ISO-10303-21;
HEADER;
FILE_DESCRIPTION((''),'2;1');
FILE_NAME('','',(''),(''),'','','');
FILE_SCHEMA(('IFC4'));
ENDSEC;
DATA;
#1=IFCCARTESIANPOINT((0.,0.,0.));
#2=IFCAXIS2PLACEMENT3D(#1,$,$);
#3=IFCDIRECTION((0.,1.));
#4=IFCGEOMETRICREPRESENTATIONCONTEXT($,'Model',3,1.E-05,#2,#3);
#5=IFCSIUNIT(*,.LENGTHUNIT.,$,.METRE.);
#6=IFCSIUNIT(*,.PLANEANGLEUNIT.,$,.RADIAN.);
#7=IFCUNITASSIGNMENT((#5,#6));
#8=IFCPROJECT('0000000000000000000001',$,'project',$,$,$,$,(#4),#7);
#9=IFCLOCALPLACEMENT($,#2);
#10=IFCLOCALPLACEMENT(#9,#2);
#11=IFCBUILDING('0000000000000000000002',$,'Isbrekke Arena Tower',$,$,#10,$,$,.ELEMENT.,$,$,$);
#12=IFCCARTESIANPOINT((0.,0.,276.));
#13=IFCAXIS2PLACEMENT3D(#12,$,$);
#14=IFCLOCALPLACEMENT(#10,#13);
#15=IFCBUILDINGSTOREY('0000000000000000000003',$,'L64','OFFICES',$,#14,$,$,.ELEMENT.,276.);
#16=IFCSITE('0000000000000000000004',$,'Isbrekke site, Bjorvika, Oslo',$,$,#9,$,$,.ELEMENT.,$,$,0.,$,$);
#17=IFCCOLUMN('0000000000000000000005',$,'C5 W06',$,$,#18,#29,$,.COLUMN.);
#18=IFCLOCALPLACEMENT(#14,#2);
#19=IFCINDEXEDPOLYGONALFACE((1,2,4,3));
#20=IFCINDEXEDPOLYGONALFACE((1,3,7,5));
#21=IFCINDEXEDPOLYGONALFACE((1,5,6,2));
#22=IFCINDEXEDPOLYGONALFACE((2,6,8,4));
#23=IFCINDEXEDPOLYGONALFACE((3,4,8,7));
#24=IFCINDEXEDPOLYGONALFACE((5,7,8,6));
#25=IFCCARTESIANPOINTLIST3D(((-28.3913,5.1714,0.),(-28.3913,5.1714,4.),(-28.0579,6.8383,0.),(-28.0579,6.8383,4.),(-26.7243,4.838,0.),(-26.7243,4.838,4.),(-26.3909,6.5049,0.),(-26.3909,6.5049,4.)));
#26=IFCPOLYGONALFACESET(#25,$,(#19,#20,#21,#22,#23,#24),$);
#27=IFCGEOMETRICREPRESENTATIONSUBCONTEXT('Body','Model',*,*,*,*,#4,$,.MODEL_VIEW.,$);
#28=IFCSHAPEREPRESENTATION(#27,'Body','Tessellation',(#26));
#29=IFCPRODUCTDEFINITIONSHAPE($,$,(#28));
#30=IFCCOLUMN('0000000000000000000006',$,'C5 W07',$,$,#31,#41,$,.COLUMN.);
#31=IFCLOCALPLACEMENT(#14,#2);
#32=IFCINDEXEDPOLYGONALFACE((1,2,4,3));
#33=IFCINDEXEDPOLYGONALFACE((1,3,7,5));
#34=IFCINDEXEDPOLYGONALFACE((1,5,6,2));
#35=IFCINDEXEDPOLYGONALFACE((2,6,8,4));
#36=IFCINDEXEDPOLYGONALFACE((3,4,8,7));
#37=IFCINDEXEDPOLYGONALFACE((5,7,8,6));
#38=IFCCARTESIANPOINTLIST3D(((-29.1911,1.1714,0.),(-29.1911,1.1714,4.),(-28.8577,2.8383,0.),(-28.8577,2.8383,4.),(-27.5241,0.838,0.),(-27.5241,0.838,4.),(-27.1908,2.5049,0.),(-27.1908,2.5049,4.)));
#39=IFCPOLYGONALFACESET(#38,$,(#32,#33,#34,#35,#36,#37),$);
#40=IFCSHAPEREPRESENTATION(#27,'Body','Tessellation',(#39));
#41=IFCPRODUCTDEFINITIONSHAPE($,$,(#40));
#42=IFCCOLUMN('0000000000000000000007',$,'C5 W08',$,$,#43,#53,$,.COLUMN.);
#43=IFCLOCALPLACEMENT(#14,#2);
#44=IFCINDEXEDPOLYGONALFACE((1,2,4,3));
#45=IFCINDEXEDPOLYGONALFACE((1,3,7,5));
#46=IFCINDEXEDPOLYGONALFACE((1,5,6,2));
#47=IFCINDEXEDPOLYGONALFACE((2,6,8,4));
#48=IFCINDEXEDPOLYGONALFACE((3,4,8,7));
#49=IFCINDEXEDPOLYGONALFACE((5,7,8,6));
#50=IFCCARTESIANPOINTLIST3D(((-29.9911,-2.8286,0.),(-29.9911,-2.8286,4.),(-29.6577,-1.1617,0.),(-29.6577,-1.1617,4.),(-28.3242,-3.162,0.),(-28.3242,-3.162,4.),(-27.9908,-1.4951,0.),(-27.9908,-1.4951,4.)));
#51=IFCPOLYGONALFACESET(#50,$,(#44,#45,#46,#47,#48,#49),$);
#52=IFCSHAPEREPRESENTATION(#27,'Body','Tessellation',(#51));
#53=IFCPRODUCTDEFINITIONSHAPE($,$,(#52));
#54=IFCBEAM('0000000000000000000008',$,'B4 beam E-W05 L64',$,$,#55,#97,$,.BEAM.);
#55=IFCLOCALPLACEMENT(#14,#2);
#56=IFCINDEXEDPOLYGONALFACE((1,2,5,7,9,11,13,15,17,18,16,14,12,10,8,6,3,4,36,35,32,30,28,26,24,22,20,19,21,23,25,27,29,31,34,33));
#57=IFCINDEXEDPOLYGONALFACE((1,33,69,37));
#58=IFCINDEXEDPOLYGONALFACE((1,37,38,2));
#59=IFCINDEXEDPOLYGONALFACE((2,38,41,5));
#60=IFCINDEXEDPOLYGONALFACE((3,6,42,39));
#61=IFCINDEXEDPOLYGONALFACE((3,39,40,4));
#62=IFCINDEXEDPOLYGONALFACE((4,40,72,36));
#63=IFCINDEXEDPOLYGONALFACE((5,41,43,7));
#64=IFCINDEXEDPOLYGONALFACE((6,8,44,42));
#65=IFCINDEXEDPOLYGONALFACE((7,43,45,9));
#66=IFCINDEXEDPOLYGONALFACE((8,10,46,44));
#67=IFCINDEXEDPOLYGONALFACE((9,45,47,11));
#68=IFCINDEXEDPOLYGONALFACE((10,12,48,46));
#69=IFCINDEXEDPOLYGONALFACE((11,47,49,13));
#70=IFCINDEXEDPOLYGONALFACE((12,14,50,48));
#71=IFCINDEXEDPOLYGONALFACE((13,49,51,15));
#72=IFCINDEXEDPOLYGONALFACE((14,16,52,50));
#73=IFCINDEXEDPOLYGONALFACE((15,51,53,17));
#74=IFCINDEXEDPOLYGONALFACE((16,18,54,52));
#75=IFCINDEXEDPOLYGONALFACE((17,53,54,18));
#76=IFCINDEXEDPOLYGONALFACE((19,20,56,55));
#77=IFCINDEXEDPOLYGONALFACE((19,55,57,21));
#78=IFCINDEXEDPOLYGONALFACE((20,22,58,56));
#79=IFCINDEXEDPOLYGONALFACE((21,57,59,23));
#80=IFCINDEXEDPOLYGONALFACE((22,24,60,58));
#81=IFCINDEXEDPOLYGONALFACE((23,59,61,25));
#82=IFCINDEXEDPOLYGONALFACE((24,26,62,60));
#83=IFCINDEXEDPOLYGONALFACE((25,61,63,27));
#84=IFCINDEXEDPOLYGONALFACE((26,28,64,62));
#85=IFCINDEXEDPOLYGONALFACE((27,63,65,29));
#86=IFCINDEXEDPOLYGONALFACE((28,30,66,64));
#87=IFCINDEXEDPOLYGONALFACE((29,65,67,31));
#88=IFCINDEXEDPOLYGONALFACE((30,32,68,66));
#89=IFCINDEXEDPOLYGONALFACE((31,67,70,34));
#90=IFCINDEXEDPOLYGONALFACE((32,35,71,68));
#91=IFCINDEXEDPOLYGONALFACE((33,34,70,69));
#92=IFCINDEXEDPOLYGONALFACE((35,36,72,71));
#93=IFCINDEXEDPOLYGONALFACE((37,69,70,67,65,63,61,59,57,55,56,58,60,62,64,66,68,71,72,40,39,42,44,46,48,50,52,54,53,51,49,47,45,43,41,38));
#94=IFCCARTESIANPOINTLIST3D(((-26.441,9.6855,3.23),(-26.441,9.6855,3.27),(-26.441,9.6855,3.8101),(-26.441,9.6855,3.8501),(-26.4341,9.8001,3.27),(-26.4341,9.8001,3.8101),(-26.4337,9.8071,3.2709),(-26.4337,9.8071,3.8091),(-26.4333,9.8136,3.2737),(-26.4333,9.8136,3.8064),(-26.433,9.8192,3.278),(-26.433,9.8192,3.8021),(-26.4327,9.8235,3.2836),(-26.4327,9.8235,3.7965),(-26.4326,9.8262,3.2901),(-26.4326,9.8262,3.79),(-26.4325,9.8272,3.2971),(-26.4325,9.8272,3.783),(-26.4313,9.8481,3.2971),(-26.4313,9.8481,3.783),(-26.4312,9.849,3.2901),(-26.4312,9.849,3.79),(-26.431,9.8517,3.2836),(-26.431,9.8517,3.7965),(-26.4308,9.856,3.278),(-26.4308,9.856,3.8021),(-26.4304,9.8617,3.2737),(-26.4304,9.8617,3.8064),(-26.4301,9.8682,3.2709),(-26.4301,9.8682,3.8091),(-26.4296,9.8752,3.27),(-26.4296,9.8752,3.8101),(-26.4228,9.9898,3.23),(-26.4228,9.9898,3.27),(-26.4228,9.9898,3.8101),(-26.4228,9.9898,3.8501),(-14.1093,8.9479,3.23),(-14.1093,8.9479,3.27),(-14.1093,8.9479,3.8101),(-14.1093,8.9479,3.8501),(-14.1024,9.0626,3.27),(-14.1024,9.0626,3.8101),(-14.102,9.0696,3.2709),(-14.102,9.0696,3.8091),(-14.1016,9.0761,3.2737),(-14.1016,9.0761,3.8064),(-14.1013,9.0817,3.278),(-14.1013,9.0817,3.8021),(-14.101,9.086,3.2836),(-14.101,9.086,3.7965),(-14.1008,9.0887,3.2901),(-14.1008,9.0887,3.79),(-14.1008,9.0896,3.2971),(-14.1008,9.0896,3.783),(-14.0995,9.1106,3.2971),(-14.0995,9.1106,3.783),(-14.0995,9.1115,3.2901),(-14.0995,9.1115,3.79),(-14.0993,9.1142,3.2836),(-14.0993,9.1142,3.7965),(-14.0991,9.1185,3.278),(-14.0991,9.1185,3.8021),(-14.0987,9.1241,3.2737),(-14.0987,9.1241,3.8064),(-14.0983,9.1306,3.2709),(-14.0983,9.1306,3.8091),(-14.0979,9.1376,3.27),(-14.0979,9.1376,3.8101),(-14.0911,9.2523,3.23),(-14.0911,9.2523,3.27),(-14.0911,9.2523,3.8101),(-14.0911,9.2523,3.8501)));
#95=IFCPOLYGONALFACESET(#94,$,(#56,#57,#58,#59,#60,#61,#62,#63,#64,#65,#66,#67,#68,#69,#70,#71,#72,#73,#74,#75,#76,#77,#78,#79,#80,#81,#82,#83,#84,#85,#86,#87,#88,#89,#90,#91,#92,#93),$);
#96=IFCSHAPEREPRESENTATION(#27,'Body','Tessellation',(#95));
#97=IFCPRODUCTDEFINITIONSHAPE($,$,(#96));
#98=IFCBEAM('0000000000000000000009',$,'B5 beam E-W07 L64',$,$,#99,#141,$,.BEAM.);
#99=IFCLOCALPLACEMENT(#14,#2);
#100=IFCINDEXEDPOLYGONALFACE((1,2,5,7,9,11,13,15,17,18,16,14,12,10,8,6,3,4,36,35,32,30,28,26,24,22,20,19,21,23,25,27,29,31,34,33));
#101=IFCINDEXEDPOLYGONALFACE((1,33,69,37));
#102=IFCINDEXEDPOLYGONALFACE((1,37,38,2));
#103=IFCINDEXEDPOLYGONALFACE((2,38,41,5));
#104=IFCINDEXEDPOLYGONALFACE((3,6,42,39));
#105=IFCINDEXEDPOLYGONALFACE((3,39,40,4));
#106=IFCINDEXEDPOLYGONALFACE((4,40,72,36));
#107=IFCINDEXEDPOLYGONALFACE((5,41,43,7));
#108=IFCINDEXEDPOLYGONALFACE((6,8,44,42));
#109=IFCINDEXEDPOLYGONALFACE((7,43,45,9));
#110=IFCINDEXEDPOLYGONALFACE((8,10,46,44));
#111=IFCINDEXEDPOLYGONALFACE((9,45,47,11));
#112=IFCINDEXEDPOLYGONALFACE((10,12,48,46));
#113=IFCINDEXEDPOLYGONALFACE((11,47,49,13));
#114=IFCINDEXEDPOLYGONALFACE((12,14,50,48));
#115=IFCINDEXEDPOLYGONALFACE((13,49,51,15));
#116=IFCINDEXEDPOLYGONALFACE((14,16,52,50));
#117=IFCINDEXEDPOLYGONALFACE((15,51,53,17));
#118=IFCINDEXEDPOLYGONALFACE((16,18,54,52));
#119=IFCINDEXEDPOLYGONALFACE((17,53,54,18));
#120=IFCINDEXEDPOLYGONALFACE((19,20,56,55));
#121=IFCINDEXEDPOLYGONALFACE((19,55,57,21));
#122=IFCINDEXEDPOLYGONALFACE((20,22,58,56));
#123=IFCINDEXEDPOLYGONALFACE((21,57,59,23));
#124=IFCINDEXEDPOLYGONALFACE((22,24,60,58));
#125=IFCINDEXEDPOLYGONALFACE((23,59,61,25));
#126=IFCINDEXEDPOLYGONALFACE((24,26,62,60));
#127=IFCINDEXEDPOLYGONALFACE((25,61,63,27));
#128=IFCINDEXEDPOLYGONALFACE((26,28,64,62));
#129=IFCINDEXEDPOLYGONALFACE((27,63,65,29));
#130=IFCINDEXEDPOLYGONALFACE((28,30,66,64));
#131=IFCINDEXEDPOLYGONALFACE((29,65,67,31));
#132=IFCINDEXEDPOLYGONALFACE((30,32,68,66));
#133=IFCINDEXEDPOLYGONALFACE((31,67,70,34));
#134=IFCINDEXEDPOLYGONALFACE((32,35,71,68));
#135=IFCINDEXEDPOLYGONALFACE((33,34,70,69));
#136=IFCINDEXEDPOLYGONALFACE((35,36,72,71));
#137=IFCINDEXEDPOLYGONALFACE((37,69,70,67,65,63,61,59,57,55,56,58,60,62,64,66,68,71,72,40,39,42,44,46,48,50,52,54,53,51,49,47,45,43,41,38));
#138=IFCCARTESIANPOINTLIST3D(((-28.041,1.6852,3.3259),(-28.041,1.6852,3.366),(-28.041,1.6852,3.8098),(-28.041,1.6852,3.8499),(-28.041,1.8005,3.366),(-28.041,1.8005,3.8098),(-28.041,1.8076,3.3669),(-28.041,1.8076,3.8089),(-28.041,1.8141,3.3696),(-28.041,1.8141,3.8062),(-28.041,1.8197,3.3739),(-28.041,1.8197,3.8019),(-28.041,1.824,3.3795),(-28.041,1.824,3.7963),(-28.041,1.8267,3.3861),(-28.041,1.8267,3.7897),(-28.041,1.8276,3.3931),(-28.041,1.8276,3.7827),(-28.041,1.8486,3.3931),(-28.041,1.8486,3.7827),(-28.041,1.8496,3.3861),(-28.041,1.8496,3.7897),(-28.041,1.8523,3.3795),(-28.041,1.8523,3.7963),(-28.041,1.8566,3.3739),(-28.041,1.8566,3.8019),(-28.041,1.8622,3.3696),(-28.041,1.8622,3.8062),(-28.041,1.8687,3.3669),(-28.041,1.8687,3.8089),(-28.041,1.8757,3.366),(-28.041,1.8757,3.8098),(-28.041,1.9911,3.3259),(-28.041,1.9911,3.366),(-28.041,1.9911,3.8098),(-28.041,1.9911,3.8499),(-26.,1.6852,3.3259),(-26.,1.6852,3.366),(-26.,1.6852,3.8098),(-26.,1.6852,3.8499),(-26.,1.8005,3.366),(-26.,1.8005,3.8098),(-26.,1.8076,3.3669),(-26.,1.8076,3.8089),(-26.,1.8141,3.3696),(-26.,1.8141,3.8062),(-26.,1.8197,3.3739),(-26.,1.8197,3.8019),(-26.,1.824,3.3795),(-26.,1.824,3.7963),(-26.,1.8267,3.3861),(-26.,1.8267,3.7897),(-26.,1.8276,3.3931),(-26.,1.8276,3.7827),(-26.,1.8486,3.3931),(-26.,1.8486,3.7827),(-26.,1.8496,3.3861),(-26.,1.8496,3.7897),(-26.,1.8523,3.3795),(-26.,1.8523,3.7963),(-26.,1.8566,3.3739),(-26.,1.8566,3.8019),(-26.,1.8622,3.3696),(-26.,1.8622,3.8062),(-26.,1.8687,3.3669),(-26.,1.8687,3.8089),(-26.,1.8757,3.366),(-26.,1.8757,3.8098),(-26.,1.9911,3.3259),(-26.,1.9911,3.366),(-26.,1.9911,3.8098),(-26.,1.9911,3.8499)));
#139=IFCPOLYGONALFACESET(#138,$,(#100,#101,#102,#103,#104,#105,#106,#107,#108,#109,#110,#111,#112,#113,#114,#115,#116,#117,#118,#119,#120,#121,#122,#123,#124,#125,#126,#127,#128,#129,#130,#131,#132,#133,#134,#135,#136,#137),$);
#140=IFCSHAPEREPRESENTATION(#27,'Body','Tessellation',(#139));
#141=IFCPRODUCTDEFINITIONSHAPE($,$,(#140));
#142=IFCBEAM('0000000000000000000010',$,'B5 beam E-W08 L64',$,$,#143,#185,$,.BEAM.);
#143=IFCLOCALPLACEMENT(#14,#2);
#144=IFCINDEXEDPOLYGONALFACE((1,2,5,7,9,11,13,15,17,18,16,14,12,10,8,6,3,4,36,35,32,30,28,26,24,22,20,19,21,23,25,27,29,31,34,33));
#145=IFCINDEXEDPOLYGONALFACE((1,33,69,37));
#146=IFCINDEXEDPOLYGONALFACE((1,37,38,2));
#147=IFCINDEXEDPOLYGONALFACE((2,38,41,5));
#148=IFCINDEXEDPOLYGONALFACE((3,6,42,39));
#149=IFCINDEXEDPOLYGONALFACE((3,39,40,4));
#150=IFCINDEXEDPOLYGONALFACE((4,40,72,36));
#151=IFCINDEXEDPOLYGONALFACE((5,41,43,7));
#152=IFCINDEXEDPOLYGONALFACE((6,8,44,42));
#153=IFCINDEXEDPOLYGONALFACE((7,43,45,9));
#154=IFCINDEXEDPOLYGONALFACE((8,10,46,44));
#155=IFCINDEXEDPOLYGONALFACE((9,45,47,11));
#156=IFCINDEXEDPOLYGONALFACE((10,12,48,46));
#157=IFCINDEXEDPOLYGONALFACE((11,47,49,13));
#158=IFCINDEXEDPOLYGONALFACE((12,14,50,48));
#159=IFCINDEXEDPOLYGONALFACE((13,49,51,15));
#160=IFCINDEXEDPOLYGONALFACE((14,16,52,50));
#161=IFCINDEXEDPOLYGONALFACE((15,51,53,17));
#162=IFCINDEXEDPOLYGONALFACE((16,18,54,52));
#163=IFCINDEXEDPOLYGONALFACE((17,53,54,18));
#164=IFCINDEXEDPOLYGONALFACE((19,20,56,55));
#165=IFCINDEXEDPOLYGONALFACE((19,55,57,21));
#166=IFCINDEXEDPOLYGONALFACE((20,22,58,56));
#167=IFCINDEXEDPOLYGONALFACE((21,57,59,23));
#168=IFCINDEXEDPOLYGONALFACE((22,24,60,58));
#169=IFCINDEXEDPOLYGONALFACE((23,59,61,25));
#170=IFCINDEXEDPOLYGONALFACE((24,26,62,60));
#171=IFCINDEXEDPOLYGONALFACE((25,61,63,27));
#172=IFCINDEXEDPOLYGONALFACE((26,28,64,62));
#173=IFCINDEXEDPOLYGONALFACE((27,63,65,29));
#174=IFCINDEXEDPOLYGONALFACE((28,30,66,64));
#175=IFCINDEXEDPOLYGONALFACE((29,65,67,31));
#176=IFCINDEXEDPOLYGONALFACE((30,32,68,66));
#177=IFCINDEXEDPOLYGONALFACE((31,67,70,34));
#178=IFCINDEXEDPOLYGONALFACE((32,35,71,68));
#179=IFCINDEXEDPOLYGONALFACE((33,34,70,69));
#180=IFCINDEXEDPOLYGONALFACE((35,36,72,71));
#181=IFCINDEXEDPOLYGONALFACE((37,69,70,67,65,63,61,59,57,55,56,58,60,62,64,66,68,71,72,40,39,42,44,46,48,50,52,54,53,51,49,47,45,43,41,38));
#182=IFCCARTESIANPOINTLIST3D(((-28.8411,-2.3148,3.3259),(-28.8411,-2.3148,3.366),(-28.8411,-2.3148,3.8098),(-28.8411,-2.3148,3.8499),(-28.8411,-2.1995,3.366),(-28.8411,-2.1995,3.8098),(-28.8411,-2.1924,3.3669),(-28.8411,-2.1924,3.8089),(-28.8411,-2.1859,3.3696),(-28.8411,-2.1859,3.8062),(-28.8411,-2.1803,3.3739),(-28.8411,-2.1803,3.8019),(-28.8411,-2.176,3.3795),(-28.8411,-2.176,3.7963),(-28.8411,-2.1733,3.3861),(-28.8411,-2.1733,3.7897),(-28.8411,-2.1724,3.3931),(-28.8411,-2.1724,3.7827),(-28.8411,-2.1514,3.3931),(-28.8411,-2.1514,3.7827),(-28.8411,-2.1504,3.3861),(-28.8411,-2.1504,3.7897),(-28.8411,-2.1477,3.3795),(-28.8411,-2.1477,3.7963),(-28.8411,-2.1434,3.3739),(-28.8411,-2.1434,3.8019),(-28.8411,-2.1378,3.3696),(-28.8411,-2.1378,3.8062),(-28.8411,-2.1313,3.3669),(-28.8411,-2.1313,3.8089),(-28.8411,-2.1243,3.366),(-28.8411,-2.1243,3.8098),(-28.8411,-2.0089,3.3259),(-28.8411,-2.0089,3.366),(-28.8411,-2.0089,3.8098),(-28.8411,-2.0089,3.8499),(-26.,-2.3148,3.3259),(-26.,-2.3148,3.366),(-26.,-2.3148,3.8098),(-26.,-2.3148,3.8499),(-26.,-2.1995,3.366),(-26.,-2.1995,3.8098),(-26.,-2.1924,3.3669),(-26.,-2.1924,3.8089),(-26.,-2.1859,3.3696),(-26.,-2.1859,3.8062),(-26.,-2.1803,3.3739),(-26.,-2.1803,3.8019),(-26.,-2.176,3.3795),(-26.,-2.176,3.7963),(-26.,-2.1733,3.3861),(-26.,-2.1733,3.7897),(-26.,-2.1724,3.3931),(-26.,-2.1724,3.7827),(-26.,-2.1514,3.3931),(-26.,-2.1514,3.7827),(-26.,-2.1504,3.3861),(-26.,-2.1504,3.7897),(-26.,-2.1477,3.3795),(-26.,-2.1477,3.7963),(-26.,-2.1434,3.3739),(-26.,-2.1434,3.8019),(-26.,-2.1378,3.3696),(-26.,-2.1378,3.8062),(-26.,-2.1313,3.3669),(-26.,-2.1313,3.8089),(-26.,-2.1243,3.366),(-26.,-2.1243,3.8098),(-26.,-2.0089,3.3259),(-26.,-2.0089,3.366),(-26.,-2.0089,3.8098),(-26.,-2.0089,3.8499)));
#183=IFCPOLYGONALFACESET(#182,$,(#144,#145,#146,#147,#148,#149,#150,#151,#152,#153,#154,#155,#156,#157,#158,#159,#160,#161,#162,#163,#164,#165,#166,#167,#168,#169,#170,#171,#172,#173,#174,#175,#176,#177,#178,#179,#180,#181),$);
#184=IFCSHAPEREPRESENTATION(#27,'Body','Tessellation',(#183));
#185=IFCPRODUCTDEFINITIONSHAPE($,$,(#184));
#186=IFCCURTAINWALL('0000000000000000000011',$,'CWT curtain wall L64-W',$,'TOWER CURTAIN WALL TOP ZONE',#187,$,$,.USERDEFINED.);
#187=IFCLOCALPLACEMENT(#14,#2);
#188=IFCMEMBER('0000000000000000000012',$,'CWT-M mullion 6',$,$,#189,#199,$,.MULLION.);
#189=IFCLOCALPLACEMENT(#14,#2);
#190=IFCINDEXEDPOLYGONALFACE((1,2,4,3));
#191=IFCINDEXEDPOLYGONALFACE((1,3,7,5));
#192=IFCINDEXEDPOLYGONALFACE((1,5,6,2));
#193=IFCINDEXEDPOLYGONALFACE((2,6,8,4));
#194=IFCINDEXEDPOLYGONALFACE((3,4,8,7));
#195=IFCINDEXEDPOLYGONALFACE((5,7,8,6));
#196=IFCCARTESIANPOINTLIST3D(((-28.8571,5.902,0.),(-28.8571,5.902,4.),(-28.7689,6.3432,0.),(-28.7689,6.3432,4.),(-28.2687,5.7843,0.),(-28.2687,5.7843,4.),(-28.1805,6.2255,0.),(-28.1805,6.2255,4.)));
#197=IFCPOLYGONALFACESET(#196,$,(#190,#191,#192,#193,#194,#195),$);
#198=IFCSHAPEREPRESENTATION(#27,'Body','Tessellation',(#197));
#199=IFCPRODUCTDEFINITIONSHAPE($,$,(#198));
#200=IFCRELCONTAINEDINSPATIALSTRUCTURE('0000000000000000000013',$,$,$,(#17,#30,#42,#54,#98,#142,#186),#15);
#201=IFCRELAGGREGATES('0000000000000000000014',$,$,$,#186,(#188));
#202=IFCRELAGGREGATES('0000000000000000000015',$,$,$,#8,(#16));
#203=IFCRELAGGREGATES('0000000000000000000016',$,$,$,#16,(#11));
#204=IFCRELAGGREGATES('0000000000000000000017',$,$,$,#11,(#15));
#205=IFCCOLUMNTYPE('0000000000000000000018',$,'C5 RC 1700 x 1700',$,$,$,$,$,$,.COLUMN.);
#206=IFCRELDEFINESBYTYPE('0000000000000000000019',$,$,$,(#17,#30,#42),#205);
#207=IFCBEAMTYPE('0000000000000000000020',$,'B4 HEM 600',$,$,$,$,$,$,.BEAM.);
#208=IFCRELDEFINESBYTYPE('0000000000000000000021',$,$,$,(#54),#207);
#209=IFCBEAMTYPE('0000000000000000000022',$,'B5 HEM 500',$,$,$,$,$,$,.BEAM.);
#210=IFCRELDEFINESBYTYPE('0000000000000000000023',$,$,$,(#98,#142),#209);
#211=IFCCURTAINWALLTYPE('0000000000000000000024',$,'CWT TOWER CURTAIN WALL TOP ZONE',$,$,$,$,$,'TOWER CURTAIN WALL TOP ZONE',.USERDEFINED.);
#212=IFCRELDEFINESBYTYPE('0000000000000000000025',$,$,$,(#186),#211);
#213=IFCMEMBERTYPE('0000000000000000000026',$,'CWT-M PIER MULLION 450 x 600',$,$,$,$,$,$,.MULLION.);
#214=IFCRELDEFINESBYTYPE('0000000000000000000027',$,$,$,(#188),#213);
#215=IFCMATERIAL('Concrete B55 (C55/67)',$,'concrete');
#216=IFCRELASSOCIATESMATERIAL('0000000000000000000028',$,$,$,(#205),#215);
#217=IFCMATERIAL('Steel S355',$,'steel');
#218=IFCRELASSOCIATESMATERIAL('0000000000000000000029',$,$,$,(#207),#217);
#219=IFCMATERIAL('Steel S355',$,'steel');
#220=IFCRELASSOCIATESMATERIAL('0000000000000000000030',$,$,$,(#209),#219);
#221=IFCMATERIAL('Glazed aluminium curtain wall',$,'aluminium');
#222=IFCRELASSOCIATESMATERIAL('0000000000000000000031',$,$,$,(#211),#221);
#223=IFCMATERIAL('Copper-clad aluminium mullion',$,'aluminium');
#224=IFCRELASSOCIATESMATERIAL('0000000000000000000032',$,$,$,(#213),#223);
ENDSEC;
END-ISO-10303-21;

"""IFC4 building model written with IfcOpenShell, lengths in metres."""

from ifc_helpers import new_model, si_unit, direction, frame, origin, origin_2d, place, context, subcontext, project, spatial, rectangle, i_section, extrude, material, material_profile, profile_set, type_object, element, aggregate, save


model = new_model("IFC4")

# Units and contexts
model_context = context("Model", 3, precision=1e-05, world=origin(), true_north=direction((0.0, 1.0)))
body_context = subcontext(model_context, "Body", "Model", "MODEL_VIEW")
ifc_project = project(units=[si_unit("LENGTHUNIT", "METRE"), si_unit("PLANEANGLEUNIT", "RADIAN")], contexts=[model_context])

# Site, building, storey
site_placement = place(None, origin())
site = spatial("IfcSite", under=ifc_project, at=site_placement, Name="Isbrekke site, Bjorvika, Oslo", CompositionType="ELEMENT", RefElevation=0.0)
building_placement = place(site_placement, origin())
building = spatial("IfcBuilding", under=site, at=building_placement, Name="Isbrekke Arena Tower", CompositionType="ELEMENT")
storey_placement = place(building_placement, frame((0.0, 0.0, 276.0)))
storey = spatial("IfcBuildingStorey", under=building, at=storey_placement, Name="L64", Description="OFFICES", CompositionType="ELEMENT", Elevation=276.0)

# Columns
ifc_material_1 = material(Name="Concrete B55 (C55/67)", Category="concrete")
ifc_material_profile_1 = material_profile(ifc_material_1, rectangle(XDim=1.7, YDim=1.7, at=origin_2d()), Name="RC 1700x1700")
ifc_profile_set_1 = profile_set([ifc_material_profile_1], Name="Concrete B55 (C55/67)")
column_type = type_object("IfcColumnType", Name="C5 RC 1700 x 1700", PredefinedType="COLUMN", material=ifc_profile_set_1)
for number, where, z_axis, x_axis, name in (
    (1, (-27.3911, 5.8381, 0.0), (0.0, 0.0, 1.0), (-0.196116, -0.980581, 0.0), "C5 W06"),
    (2, (-28.1909, 1.8381, 0.0), (0.0, 0.0, 1.0), (-0.196116, -0.980581, 0.0), "C5 W07"),
    (3, (-28.991, -2.1619, 0.0), (0.0, 0.0, 1.0), (-0.196116, -0.980581, 0.0), "C5 W08"),
):
    element("IfcColumn", number, at=place(storey_placement, frame(where, z_axis=z_axis, x_axis=x_axis)), inside=storey, type_object=column_type, Name=name, PredefinedType="COLUMN", context=body_context, shape_type="SweptSolid", body=[
        extrude(rectangle(XDim=1.7, YDim=1.7, at=origin_2d()), origin(), (0.0, 0.0, 1.0), 4.0),
    ])

# Beams
ifc_material_2 = material(Name="Steel S355", Category="steel")
ifc_material_profile_2 = material_profile(ifc_material_2, i_section(OverallWidth=0.3049, OverallDepth=0.6201, WebThickness=0.021, FlangeThickness=0.04, FilletRadius=0.0271, at=origin_2d()), Name="HEM 600")
ifc_profile_set_2 = profile_set([ifc_material_profile_2], Name="Steel S355")
beam_type_1 = type_object("IfcBeamType", Name="B4 HEM 600", PredefinedType="BEAM", material=ifc_profile_set_2)
beam_1_placement = place(storey_placement, frame((-26.4319, 9.8376, 3.54), z_axis=(0.998216, -0.059702, 0.0), x_axis=(0.059702, 0.998216, 0.0)))
element("IfcBeam", 4, at=beam_1_placement, inside=storey, type_object=beam_type_1, Name="B4 beam E-W05 L64", PredefinedType="BEAM", context=body_context, shape_type="SweptSolid", body=[
    extrude(i_section(OverallWidth=0.3049, OverallDepth=0.6201, WebThickness=0.021, FlangeThickness=0.04, FilletRadius=0.0271, at=origin_2d()), origin(), (0.0, 0.0, 1.0), 12.3538),
])
ifc_material_3 = material(Name="Steel S355", Category="steel")
ifc_material_profile_3 = material_profile(ifc_material_3, i_section(OverallWidth=0.3059, OverallDepth=0.5239, WebThickness=0.021, FlangeThickness=0.04, FilletRadius=0.0271, at=origin_2d()), Name="HEM 500")
ifc_profile_set_3 = profile_set([ifc_material_profile_3], Name="Steel S355")
beam_type_2 = type_object("IfcBeamType", Name="B5 HEM 500", PredefinedType="BEAM", material=ifc_profile_set_3)
beam_2_placement = place(storey_placement, frame((-28.041, 1.8381, 3.5879), z_axis=(1.0, 0.0, 0.0), x_axis=(0.0, 1.0, 0.0)))
element("IfcBeam", 5, at=beam_2_placement, inside=storey, type_object=beam_type_2, Name="B5 beam E-W07 L64", PredefinedType="BEAM", context=body_context, shape_type="SweptSolid", body=[
    extrude(i_section(OverallWidth=0.3059, OverallDepth=0.5239, WebThickness=0.021, FlangeThickness=0.04, FilletRadius=0.0271, at=origin_2d()), origin(), (0.0, 0.0, 1.0), 2.041),
])
beam_3_placement = place(storey_placement, frame((-28.8411, -2.1619, 3.5879), z_axis=(1.0, 0.0, 0.0), x_axis=(0.0, 1.0, 0.0)))
element("IfcBeam", 6, at=beam_3_placement, inside=storey, type_object=beam_type_2, Name="B5 beam E-W08 L64", PredefinedType="BEAM", context=body_context, shape_type="SweptSolid", body=[
    extrude(i_section(OverallWidth=0.3059, OverallDepth=0.5239, WebThickness=0.021, FlangeThickness=0.04, FilletRadius=0.0271, at=origin_2d()), origin(), (0.0, 0.0, 1.0), 2.8411),
])

# Curtain wall, member
ifc_material_4 = material(Name="Glazed aluminium curtain wall", Category="aluminium")
curtain_wall_type = type_object("IfcCurtainWallType", Name="CWT TOWER CURTAIN WALL TOP ZONE", ElementType="TOWER CURTAIN WALL TOP ZONE", PredefinedType="USERDEFINED", material=ifc_material_4)
curtain_wall_placement = place(storey_placement, origin())
curtain_wall = element("IfcCurtainWall", 7, at=curtain_wall_placement, inside=storey, type_object=curtain_wall_type, Name="CWT curtain wall L64-W", ObjectType="TOWER CURTAIN WALL TOP ZONE", PredefinedType="USERDEFINED")
ifc_material_5 = material(Name="Copper-clad aluminium mullion", Category="aluminium")
ifc_material_profile_4 = material_profile(ifc_material_5, rectangle(XDim=0.45, YDim=0.6001, at=origin_2d()), Name="PIER 450X600")
ifc_profile_set_4 = profile_set([ifc_material_profile_4], Name="Copper-clad aluminium mullion")
member_type_1 = type_object("IfcMemberType", Name="CWT-M PIER MULLION 450 x 600", PredefinedType="MULLION", material=ifc_profile_set_4)
member_1_placement = place(storey_placement, frame((-28.5188, 6.0637, 0.0), z_axis=(0.0, 0.0, 1.0), x_axis=(-0.196116, -0.980581, 0.0)))
member_1 = element("IfcMember", 8, at=member_1_placement, type_object=member_type_1, Name="CWT-M mullion 6", PredefinedType="MULLION", context=body_context, shape_type="SweptSolid", body=[
    extrude(rectangle(XDim=0.45, YDim=0.6001, at=origin_2d()), origin(), (0.0, 0.0, 1.0), 4.0),
])

aggregate(curtain_wall, [member_1])

save(model, "model.ifc")
